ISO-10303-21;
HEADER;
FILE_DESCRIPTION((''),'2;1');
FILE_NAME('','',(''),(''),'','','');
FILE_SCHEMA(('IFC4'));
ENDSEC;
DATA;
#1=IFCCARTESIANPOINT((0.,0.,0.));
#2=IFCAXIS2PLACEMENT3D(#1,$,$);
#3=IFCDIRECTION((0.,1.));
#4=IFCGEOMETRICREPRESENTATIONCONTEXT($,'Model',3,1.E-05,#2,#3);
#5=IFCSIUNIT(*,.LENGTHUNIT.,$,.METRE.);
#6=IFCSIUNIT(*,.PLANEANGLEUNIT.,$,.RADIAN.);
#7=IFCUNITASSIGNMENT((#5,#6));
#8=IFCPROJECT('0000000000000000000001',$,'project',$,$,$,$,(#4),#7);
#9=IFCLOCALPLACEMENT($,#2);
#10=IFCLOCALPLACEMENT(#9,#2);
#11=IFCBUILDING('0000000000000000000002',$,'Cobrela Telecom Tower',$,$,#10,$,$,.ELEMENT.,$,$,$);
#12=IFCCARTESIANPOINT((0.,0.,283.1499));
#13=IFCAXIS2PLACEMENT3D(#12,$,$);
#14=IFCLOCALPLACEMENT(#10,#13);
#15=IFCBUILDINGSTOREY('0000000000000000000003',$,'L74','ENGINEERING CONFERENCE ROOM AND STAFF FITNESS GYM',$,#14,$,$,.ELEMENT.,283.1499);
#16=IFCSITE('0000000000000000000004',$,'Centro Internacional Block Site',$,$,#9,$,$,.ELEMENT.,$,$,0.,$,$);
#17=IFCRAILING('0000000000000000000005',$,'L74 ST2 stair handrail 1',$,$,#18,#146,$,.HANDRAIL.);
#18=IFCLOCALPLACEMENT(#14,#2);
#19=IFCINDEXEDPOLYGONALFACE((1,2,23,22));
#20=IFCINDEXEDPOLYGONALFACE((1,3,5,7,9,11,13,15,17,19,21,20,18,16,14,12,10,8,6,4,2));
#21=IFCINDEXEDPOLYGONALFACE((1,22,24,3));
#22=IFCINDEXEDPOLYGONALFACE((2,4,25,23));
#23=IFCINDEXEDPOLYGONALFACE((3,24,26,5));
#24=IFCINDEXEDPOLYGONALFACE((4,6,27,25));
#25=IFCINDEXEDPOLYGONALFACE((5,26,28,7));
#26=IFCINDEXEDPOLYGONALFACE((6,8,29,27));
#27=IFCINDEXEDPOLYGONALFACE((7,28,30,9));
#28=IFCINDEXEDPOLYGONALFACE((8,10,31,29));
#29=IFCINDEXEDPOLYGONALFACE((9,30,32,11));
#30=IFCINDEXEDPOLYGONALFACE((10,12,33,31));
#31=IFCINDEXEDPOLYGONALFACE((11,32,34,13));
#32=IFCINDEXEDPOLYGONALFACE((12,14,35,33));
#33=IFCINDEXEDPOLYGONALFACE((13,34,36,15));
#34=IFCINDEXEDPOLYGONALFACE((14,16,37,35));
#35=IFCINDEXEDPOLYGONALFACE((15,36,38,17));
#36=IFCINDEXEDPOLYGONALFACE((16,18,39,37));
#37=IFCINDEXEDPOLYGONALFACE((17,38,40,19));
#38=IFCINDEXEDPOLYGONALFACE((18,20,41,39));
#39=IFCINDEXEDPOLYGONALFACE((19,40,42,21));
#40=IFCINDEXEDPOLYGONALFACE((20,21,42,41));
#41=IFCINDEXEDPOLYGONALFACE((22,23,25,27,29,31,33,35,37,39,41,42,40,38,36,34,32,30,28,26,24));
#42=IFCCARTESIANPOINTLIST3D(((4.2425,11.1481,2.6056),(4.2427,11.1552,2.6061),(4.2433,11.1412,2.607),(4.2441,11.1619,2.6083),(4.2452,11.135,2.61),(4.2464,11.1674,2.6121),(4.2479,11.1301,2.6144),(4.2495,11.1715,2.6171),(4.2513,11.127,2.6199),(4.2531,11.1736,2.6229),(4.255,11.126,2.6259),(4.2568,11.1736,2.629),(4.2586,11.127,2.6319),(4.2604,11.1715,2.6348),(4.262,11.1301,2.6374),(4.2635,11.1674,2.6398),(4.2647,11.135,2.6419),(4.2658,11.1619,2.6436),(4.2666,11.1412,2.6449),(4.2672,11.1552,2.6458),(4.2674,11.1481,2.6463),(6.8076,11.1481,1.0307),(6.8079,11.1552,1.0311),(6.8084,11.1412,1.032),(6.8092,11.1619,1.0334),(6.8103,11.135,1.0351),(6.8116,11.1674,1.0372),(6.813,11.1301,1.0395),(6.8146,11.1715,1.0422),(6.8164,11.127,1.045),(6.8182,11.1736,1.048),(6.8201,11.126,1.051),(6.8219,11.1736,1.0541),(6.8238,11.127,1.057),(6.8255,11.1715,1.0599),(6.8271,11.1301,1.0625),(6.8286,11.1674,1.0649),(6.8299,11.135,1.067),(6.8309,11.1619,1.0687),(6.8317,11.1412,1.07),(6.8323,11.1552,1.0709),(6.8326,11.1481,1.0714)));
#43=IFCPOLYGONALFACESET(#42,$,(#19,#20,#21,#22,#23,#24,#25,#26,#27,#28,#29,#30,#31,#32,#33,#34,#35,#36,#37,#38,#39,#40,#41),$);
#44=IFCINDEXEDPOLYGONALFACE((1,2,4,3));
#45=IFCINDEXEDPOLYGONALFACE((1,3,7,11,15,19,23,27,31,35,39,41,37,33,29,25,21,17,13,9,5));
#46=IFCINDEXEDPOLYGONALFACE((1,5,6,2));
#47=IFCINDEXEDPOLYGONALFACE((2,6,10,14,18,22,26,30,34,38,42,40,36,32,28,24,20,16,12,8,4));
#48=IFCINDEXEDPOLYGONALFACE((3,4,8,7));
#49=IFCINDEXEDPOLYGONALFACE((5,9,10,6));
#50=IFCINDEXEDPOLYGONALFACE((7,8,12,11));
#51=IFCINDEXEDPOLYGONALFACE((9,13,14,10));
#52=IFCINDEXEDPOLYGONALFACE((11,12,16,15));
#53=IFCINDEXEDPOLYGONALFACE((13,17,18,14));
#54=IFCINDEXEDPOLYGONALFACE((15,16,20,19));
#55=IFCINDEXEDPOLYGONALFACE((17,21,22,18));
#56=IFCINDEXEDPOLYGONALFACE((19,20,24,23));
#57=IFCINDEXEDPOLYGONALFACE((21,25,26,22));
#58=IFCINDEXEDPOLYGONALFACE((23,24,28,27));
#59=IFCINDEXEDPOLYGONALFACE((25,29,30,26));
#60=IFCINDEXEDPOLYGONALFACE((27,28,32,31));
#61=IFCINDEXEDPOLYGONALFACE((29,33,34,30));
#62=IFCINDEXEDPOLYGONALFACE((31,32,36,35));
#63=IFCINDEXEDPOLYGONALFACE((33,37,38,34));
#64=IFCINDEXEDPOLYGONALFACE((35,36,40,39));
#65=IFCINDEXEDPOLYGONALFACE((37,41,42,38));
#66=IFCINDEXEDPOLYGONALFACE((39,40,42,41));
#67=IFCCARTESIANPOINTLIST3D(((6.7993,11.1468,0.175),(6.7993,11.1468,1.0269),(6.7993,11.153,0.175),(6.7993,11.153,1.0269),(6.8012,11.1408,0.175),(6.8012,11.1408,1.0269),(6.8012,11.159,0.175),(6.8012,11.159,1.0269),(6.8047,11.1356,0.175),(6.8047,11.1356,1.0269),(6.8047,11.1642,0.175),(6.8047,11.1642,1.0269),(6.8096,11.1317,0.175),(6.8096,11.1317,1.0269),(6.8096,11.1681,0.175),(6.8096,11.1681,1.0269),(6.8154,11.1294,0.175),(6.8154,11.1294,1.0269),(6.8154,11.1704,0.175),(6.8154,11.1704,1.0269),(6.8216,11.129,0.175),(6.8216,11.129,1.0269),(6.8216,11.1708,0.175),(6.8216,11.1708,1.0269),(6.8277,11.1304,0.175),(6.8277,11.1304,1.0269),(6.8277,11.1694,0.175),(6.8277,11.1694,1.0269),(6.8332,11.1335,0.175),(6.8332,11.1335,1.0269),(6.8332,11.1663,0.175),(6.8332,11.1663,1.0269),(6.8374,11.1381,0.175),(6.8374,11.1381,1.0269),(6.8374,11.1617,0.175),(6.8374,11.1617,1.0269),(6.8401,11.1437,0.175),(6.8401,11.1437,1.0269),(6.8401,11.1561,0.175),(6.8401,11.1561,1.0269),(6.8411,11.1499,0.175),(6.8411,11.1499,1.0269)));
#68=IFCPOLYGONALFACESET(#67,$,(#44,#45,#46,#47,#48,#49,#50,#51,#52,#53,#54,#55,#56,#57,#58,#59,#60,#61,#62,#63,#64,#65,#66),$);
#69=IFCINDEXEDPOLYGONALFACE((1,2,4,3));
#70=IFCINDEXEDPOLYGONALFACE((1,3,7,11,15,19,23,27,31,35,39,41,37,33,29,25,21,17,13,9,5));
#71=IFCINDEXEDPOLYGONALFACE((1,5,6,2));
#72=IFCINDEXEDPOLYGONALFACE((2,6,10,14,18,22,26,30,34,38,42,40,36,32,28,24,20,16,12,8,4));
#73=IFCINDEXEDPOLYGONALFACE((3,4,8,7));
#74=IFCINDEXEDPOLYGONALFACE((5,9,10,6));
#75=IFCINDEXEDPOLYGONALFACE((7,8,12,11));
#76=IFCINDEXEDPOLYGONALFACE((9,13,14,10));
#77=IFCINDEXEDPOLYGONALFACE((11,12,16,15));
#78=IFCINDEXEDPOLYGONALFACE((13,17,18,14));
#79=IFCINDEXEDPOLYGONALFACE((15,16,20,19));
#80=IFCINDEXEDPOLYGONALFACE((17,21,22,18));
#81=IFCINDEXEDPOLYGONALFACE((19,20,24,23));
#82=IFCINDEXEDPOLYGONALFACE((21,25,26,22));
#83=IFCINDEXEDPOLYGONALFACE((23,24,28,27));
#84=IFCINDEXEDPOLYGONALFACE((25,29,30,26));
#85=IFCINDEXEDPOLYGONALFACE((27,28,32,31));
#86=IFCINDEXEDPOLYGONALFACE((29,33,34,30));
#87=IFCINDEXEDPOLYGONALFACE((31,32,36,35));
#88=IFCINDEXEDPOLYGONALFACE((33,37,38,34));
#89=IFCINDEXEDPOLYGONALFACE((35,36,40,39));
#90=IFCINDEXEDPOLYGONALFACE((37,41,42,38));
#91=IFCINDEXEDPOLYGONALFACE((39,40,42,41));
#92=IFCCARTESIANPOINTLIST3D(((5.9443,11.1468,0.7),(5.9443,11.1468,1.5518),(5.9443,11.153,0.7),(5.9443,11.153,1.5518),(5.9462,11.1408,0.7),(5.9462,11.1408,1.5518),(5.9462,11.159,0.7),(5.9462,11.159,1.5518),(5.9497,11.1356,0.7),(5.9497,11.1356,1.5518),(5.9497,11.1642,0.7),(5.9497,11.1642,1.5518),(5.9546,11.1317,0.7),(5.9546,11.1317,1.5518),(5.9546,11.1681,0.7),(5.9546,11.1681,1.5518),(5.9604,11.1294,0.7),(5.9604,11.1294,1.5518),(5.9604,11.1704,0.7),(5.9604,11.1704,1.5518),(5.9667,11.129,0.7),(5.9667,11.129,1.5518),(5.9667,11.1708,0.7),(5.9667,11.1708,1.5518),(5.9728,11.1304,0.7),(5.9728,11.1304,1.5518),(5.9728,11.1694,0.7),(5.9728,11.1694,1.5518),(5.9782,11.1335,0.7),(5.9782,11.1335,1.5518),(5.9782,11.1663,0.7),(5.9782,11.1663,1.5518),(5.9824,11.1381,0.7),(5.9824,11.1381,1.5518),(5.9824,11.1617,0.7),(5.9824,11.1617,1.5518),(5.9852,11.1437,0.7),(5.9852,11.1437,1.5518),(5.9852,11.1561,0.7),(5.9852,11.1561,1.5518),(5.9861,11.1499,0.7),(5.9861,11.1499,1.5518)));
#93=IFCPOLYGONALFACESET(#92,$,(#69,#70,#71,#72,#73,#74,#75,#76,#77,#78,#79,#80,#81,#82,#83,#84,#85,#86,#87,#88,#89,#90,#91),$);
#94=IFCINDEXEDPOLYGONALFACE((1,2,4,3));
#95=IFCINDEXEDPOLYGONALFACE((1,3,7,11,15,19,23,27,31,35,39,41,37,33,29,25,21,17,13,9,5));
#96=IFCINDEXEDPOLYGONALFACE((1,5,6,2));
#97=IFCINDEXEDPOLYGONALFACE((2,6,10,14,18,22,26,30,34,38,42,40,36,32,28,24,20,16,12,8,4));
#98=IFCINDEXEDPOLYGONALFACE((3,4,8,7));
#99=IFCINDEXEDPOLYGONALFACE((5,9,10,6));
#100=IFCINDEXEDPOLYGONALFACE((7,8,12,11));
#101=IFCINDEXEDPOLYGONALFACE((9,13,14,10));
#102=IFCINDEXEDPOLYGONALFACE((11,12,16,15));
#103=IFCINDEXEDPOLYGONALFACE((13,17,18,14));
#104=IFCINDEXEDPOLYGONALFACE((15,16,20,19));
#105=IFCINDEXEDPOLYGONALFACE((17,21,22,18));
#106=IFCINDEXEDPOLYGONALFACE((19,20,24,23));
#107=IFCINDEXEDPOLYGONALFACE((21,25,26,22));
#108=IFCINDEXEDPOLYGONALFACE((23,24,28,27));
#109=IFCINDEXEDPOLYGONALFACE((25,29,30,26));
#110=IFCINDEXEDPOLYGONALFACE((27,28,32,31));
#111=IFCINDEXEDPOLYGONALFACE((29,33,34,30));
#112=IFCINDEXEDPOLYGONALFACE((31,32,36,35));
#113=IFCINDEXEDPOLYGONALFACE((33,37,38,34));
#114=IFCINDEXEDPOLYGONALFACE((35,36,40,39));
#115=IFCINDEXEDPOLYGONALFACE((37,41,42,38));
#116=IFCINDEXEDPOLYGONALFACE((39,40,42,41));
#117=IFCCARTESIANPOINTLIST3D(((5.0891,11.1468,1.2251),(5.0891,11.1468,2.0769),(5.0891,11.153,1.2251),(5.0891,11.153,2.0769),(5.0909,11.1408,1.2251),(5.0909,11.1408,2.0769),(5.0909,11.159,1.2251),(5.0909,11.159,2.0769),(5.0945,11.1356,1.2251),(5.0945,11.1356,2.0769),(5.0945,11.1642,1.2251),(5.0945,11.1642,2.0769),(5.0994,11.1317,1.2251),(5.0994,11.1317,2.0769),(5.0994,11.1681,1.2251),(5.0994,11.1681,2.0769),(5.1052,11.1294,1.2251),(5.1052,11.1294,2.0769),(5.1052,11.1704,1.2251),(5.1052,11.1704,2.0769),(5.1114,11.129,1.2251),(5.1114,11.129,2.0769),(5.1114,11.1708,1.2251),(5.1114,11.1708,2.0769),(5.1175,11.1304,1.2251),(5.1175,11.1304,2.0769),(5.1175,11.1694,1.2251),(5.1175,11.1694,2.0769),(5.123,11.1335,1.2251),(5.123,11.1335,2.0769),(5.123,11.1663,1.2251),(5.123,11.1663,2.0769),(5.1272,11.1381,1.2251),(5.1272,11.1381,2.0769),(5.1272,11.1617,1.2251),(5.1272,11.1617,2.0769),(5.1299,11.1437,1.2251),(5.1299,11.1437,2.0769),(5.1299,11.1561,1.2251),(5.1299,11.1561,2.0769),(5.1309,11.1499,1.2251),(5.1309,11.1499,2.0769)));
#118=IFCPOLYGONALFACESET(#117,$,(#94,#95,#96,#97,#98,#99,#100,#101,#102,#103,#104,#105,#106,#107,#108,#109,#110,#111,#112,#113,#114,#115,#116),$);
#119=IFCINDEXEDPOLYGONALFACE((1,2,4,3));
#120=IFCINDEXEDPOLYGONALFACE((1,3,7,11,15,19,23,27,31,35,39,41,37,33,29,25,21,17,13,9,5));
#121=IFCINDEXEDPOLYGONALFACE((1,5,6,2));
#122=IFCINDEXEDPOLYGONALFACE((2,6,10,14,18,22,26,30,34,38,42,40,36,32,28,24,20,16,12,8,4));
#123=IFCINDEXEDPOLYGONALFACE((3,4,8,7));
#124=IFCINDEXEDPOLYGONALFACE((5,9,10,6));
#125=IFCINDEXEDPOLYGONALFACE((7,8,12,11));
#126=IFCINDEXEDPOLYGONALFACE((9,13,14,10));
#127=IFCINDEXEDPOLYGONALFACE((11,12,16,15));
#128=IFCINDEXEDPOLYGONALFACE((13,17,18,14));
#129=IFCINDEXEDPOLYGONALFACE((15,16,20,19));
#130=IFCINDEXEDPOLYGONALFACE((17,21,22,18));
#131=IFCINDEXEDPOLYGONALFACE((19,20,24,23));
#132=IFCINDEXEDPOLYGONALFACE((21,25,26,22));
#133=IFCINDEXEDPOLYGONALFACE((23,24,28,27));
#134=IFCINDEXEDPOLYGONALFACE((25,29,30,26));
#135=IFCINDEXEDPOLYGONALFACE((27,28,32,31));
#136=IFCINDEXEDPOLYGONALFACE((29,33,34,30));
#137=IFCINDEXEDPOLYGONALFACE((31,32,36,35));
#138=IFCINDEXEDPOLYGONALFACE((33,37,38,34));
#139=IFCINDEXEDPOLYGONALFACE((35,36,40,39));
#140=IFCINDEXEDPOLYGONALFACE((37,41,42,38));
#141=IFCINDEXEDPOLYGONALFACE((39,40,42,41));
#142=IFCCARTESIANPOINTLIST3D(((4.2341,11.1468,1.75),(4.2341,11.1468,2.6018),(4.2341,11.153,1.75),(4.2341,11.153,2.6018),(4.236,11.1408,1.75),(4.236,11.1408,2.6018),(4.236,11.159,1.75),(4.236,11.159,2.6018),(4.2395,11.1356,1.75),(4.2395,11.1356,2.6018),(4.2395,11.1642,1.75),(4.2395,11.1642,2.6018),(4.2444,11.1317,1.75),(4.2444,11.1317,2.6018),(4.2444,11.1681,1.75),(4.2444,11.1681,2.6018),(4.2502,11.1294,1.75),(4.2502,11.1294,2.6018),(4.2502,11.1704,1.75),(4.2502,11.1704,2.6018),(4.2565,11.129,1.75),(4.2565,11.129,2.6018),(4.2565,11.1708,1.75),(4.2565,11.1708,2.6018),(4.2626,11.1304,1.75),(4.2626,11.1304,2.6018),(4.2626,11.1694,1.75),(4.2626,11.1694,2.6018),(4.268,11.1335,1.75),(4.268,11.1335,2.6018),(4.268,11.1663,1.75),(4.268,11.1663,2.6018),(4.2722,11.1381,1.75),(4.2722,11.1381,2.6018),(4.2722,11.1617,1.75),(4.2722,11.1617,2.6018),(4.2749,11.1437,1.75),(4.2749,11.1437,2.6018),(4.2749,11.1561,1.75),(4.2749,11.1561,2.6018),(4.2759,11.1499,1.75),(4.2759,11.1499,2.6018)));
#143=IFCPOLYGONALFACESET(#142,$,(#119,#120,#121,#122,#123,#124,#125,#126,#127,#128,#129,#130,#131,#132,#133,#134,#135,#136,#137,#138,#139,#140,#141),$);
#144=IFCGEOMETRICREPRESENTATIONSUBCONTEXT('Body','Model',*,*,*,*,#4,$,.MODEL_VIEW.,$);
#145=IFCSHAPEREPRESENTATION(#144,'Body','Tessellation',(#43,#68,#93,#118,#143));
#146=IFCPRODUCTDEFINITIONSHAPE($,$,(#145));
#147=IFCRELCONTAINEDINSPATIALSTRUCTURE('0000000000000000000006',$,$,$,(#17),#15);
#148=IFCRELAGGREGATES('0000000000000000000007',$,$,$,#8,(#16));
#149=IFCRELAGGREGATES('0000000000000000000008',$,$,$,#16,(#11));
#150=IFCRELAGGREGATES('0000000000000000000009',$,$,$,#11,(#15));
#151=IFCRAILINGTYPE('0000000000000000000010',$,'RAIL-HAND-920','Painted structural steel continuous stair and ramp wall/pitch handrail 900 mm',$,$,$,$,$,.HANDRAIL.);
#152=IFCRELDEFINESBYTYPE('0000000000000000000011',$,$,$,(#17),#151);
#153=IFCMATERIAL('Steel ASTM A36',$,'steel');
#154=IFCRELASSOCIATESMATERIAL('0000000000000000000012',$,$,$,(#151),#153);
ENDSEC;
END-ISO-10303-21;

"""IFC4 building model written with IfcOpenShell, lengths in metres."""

from ifc_helpers import new_model, si_unit, direction, frame, origin, origin_2d, place, context, subcontext, project, spatial, circle, extrude, material, type_object, element, save


model = new_model("IFC4")

# Units and contexts
model_context = context("Model", 3, precision=1e-05, world=origin(), true_north=direction((0.0, 1.0)))
body_context = subcontext(model_context, "Body", "Model", "MODEL_VIEW")
ifc_project = project(units=[si_unit("LENGTHUNIT", "METRE"), si_unit("PLANEANGLEUNIT", "RADIAN")], contexts=[model_context])

# Site, building, storey
site_placement = place(None, origin())
site = spatial("IfcSite", under=ifc_project, at=site_placement, Name="Centro Internacional Block Site", CompositionType="ELEMENT", RefElevation=0.0)
building_placement = place(site_placement, origin())
building = spatial("IfcBuilding", under=site, at=building_placement, Name="Cobrela Telecom Tower", CompositionType="ELEMENT")
storey_placement = place(building_placement, frame((0.0, 0.0, 283.1499)))
storey = spatial("IfcBuildingStorey", under=building, at=storey_placement, Name="L74", Description="ENGINEERING CONFERENCE ROOM AND STAFF FITNESS GYM", CompositionType="ELEMENT", Elevation=283.1499)

# Shared definitions
ifc_material_1 = material(Name="Steel ASTM A36", Category="steel")

# Railing
railing_type_1 = type_object("IfcRailingType", Name="RAIL-HAND-920", Description="Painted structural steel continuous stair and ramp wall/pitch handrail 900 mm", PredefinedType="HANDRAIL", material=ifc_material_1)
railing_1_placement = place(storey_placement, frame((6.8201, 11.1499, 0.175)))
element("IfcRailing", 1, at=railing_1_placement, inside=storey, type_object=railing_type_1, Name="L74 ST2 stair handrail 1", PredefinedType="HANDRAIL", context=body_context, shape_type="SweptSolid", body=[
    extrude(circle(Radius=0.0239, at=origin_2d()), frame((0.0, 0.0, 0.876), z_axis=(-0.852195, 0.0, 0.523224), x_axis=(0.0, -1.0, 0.0)), (0.0, 0.0, 1.0), 3.01),
    extrude(circle(Radius=0.021, at=origin_2d()), origin(), (0.0, 0.0, 1.0), 0.8518),
    extrude(circle(Radius=0.021, at=origin_2d()), frame((-0.855, 0.0, 0.5249)), (0.0, 0.0, 1.0), 0.8518),
    extrude(circle(Radius=0.021, at=origin_2d()), frame((-1.7102, 0.0, 1.05)), (0.0, 0.0, 1.0), 0.8518),
    extrude(circle(Radius=0.021, at=origin_2d()), frame((-2.5652, 0.0, 1.575)), (0.0, 0.0, 1.0), 0.8518),
])

save(model, "model.ifc")
